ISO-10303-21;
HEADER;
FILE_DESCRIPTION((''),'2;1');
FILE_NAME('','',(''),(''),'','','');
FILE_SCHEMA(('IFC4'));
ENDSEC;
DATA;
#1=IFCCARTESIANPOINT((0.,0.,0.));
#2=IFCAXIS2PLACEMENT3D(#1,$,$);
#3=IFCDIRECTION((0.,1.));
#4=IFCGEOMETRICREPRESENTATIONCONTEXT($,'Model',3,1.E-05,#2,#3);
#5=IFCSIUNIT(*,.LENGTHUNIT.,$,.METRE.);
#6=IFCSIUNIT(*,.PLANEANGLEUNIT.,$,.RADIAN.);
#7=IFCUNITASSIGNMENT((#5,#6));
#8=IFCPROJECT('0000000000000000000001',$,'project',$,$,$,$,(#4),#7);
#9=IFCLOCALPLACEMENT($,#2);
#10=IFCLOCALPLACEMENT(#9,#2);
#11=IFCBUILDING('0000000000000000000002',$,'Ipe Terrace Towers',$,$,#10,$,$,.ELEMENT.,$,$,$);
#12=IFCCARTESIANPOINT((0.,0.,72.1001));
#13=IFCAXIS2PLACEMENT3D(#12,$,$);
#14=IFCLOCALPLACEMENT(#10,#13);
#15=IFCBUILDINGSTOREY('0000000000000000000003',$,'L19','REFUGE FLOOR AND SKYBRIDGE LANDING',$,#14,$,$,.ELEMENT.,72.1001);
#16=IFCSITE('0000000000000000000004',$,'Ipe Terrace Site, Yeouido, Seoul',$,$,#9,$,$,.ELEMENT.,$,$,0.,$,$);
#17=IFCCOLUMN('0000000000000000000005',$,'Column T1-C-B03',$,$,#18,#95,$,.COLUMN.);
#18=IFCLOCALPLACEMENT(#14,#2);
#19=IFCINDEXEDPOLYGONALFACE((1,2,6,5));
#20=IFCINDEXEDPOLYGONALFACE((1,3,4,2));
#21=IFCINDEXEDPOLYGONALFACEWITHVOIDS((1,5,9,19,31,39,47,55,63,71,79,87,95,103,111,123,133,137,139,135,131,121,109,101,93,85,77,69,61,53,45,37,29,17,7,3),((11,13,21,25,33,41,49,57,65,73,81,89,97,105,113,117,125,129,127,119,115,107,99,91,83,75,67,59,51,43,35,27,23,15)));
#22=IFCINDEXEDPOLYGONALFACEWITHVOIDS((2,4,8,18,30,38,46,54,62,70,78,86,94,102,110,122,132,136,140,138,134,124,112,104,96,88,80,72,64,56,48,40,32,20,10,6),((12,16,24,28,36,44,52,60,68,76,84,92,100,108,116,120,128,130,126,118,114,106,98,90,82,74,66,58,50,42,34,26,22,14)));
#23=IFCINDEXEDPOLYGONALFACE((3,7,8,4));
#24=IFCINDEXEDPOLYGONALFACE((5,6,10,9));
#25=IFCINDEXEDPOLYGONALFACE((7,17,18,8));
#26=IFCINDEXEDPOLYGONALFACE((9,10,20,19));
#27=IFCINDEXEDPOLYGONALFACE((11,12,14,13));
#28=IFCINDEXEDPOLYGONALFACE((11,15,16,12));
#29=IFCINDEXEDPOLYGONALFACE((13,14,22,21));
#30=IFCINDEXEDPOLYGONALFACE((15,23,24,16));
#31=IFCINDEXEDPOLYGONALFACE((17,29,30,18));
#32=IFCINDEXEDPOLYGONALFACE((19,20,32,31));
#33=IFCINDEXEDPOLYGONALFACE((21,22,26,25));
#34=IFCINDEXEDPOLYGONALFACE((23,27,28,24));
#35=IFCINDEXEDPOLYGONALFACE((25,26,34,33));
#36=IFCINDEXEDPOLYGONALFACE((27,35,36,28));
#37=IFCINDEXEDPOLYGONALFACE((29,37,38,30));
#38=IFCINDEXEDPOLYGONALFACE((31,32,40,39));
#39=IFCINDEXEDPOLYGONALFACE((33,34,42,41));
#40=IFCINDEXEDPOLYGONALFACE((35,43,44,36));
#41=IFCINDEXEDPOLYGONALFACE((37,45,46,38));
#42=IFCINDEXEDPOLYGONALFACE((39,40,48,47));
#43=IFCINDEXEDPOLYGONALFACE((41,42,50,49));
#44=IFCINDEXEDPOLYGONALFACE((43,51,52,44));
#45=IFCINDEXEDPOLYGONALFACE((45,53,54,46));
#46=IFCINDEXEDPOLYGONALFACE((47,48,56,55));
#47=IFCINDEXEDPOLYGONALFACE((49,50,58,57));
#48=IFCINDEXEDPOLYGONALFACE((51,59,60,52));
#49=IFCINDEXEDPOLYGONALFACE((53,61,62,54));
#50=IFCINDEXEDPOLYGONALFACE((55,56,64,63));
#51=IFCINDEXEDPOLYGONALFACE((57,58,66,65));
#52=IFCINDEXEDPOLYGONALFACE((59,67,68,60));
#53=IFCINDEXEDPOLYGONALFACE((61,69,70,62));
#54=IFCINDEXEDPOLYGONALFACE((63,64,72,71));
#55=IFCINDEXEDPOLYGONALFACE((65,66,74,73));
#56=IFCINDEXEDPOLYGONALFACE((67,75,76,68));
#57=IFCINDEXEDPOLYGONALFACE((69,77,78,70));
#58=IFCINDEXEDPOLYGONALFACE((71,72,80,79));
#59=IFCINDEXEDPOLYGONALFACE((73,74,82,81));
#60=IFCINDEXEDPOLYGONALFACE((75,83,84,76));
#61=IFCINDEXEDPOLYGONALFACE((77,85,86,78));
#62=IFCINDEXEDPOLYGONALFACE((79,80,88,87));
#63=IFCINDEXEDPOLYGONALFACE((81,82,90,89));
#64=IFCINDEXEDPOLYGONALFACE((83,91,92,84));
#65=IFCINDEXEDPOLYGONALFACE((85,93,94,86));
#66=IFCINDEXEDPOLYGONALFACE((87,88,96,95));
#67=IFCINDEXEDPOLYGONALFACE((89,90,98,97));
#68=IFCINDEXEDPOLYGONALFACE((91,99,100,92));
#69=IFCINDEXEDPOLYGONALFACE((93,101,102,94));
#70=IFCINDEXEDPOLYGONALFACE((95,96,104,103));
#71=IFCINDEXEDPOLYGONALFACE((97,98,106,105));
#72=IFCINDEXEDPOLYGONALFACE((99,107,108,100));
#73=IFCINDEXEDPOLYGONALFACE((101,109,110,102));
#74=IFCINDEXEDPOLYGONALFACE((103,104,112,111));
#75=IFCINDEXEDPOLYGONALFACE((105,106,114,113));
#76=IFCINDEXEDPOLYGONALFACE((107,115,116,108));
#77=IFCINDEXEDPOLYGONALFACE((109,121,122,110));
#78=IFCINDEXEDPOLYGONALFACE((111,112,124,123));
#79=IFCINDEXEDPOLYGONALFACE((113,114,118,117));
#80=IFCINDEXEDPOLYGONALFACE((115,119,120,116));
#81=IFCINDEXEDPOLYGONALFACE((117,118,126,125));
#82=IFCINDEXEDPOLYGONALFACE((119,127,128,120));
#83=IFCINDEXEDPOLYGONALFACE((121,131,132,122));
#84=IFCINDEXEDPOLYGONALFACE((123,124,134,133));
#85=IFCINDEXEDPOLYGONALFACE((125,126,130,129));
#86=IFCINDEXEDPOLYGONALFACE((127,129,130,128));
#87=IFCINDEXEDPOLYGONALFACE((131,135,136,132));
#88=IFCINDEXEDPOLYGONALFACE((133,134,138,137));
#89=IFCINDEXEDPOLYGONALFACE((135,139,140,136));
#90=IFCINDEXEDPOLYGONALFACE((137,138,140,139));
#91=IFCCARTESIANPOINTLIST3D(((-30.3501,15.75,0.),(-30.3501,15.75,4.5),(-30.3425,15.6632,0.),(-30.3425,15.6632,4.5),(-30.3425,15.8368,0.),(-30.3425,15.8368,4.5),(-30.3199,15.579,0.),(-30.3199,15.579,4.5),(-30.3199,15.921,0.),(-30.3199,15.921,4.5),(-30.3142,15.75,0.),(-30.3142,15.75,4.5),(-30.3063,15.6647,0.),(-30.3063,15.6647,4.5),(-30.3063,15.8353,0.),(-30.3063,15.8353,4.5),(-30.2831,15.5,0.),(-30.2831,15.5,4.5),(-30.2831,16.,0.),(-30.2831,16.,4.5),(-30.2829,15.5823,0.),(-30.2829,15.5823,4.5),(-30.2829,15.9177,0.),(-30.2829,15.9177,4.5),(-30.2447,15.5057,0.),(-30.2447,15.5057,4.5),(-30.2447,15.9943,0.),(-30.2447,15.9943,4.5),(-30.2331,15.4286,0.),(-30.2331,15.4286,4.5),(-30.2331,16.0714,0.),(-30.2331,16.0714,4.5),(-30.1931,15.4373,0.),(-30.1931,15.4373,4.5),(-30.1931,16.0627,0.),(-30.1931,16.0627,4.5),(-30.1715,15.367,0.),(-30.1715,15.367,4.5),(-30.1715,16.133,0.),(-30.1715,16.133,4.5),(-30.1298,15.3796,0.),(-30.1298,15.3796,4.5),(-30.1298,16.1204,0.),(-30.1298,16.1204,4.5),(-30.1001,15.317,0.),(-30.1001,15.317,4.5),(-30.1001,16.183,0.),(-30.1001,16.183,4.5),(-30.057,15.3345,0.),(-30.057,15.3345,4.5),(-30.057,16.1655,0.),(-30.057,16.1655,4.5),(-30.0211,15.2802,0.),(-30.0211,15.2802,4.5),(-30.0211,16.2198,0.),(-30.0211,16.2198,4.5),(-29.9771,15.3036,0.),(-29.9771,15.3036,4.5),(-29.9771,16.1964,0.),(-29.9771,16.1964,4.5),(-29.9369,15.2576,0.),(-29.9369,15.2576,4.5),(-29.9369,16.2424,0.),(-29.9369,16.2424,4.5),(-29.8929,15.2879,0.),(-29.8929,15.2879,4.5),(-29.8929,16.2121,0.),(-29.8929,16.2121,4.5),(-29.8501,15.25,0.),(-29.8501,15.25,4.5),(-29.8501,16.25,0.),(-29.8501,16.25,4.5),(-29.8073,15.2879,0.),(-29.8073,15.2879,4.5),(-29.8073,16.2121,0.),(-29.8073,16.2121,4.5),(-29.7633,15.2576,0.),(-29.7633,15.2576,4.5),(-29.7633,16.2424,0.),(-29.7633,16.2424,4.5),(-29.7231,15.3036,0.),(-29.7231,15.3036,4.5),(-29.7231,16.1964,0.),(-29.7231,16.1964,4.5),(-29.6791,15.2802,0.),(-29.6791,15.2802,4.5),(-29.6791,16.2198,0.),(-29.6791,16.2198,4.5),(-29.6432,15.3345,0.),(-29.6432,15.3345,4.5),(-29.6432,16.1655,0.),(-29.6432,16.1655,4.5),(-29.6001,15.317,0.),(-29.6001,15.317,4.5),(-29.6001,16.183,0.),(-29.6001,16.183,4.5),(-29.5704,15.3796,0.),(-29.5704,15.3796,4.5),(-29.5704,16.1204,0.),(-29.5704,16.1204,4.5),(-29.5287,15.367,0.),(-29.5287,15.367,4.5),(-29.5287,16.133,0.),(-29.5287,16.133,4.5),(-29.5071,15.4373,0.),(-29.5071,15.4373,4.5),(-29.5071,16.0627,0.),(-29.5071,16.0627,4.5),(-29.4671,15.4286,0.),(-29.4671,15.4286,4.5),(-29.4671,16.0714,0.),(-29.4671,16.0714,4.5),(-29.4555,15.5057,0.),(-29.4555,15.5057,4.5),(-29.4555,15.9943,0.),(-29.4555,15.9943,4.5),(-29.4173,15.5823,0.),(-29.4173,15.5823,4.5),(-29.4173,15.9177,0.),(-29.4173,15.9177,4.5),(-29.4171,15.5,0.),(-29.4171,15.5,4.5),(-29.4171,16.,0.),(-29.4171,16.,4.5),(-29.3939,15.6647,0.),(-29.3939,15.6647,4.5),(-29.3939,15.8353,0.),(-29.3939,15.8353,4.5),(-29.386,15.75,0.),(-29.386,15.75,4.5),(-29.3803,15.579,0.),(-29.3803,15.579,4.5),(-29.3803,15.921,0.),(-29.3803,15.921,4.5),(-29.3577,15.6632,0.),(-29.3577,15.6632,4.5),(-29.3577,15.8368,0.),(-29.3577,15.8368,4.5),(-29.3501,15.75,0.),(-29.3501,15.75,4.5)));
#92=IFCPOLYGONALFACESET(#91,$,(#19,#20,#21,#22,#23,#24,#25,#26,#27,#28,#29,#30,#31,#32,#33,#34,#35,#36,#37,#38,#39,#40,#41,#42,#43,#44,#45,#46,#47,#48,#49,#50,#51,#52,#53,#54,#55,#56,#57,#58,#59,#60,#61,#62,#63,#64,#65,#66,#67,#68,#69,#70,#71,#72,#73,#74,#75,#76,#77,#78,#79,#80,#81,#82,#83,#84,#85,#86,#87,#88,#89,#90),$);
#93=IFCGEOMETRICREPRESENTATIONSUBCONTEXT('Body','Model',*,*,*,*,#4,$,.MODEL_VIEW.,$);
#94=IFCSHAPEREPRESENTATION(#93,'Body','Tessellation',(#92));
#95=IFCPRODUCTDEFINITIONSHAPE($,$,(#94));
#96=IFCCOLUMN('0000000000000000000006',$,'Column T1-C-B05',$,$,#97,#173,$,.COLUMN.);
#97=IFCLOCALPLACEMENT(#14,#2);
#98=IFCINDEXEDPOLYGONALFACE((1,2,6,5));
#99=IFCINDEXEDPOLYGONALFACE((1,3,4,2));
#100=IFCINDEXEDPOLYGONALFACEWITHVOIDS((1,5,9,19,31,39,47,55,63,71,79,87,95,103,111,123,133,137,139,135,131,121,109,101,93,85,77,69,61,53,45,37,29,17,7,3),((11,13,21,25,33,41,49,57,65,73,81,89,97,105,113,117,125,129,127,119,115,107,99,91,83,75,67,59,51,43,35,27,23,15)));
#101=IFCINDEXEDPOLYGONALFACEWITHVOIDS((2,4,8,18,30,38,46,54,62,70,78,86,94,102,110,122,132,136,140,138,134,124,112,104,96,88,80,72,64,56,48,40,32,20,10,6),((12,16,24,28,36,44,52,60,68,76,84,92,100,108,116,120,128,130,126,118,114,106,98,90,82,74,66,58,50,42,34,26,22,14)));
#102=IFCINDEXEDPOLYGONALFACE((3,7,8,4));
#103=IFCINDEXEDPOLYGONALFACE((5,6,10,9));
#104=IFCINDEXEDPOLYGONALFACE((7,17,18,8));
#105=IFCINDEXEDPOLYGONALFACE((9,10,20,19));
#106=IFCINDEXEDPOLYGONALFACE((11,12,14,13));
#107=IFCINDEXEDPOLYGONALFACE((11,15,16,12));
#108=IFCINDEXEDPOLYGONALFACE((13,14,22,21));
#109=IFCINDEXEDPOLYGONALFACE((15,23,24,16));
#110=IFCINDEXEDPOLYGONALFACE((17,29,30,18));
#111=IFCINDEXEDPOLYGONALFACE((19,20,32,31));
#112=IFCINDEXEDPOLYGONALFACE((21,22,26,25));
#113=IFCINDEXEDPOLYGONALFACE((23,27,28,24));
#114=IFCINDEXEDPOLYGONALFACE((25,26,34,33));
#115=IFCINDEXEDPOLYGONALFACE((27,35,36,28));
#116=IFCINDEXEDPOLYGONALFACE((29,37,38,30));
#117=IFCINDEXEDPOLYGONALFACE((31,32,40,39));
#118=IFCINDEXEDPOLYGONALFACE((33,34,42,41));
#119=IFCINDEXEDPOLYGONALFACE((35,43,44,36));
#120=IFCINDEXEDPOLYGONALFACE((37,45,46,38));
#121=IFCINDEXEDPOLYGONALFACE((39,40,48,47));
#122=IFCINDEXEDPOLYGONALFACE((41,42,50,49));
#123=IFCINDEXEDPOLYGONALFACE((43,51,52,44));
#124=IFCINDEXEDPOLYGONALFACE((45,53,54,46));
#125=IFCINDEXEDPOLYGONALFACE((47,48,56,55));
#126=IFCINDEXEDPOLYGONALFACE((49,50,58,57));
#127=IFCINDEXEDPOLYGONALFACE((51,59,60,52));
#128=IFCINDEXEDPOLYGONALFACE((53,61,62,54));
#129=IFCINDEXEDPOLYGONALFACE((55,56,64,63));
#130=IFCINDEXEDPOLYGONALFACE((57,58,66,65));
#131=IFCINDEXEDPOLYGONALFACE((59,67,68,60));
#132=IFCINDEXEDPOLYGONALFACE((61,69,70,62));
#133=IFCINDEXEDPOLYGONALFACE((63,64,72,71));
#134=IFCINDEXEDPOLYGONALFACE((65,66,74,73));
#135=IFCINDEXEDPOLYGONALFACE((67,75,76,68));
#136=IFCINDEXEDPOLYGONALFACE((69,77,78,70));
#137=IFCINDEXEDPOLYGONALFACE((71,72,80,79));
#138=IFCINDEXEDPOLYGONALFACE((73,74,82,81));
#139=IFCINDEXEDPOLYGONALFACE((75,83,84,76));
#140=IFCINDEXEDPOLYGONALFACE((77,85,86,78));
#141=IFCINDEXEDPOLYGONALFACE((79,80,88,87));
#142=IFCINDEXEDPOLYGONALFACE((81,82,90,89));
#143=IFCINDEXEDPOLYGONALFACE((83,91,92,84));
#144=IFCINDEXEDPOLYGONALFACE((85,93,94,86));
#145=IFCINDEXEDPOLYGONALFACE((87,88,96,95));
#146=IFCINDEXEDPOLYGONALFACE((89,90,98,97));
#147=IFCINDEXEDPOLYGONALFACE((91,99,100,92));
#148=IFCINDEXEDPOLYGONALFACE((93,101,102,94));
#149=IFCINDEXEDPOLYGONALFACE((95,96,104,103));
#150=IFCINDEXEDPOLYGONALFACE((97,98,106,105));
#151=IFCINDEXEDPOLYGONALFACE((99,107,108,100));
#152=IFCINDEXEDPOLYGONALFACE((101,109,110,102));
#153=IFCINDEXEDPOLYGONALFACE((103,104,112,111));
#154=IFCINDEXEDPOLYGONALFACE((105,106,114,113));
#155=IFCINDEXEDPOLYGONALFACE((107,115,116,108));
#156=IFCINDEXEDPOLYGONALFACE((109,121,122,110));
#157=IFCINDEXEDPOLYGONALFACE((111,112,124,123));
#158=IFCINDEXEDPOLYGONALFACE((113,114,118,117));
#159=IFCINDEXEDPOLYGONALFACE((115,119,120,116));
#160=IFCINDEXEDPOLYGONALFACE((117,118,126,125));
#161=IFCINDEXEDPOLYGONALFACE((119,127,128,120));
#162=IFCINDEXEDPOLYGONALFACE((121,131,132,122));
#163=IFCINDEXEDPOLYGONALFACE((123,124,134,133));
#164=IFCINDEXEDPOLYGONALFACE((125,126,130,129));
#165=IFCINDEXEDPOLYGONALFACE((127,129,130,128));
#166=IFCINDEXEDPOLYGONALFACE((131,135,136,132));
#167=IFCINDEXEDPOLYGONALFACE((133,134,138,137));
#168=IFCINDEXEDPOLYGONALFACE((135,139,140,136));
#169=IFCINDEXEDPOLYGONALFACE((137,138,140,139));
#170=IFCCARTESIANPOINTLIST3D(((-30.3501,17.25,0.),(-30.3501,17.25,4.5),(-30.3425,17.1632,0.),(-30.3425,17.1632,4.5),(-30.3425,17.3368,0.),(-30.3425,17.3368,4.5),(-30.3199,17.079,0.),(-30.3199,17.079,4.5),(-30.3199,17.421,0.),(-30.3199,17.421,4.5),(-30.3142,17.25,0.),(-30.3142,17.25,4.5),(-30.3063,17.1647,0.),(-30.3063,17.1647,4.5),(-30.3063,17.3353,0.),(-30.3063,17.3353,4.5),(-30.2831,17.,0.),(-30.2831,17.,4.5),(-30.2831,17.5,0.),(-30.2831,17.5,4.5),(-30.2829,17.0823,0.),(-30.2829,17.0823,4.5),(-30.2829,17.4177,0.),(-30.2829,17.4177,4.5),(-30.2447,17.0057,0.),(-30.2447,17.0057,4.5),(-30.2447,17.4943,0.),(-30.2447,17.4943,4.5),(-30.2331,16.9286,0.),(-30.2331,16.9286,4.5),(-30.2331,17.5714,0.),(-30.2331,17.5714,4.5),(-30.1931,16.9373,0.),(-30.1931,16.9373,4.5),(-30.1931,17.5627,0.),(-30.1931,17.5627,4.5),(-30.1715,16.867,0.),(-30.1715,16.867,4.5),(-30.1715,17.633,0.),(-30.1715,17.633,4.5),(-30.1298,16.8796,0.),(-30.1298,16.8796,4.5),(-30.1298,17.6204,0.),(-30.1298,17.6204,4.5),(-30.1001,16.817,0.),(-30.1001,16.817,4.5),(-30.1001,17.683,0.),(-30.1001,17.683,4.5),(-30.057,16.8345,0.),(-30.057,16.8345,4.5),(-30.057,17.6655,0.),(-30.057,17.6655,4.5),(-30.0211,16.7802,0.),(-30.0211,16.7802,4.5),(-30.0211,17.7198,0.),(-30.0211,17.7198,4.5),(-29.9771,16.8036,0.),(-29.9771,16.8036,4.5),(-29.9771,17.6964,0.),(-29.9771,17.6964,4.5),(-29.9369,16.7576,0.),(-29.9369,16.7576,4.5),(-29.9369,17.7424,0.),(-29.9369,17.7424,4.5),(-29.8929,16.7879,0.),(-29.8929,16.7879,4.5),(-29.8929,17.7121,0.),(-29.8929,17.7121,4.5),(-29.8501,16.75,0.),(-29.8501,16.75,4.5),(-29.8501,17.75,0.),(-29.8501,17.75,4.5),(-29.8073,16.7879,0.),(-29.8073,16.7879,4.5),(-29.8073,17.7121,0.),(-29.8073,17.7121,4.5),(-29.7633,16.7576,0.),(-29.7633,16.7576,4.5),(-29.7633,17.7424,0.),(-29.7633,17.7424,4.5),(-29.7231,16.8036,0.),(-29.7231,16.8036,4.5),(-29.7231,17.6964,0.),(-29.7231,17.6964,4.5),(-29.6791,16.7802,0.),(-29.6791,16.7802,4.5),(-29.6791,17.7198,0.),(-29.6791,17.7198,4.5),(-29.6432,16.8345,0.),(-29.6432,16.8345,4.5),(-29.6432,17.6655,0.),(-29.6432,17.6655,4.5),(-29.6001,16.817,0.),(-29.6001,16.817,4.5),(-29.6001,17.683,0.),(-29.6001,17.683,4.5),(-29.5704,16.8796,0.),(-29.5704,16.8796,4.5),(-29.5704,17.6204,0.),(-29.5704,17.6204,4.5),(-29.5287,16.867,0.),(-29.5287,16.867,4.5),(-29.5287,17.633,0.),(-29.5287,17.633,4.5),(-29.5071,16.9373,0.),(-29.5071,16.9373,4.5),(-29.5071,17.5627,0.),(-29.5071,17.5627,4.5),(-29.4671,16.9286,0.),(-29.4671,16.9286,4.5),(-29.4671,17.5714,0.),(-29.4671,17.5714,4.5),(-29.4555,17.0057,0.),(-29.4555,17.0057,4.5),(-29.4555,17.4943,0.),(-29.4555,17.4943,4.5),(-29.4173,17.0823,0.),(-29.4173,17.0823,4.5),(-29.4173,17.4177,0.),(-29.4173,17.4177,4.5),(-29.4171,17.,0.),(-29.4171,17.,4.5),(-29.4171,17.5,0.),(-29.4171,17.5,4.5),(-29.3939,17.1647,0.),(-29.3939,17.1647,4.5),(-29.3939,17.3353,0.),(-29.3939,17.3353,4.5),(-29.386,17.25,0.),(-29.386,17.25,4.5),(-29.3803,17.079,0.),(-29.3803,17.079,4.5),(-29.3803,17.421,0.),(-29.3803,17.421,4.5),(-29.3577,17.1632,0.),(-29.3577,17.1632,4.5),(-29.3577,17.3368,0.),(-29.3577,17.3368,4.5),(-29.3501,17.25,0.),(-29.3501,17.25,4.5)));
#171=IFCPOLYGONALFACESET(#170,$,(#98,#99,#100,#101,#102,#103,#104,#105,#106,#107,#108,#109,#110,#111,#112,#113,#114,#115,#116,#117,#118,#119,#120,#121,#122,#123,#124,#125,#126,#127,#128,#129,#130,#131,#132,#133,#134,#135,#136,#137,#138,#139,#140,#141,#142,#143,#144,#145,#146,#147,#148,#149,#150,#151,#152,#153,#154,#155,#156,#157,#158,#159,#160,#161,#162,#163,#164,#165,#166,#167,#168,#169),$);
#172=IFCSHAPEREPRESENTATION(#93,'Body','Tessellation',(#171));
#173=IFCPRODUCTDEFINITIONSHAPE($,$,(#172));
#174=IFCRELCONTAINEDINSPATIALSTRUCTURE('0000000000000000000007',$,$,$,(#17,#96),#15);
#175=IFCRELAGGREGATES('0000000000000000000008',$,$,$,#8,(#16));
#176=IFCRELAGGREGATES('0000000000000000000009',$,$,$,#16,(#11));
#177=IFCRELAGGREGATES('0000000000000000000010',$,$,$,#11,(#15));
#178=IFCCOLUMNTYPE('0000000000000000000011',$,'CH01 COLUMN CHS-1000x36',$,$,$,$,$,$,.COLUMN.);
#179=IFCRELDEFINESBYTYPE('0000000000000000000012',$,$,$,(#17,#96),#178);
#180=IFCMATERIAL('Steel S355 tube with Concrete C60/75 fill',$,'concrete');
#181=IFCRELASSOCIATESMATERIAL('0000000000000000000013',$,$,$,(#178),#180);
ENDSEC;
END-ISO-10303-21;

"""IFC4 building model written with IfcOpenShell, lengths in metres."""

from ifc_helpers import new_model, si_unit, direction, frame, origin, origin_2d, place, context, subcontext, project, spatial, hollow_circle, extrude, material, material_profile, profile_set, type_object, element, save


model = new_model("IFC4")

# Units and contexts
model_context = context("Model", 3, precision=1e-05, world=origin(), true_north=direction((0.0, 1.0)))
body_context = subcontext(model_context, "Body", "Model", "MODEL_VIEW")
ifc_project = project(units=[si_unit("LENGTHUNIT", "METRE"), si_unit("PLANEANGLEUNIT", "RADIAN")], contexts=[model_context])

# Site, building, storey
site_placement = place(None, origin())
site = spatial("IfcSite", under=ifc_project, at=site_placement, Name="Ipe Terrace Site, Yeouido, Seoul", CompositionType="ELEMENT", RefElevation=0.0)
building_placement = place(site_placement, origin())
building = spatial("IfcBuilding", under=site, at=building_placement, Name="Ipe Terrace Towers", CompositionType="ELEMENT")
storey_placement = place(building_placement, frame((0.0, 0.0, 72.1001)))
storey = spatial("IfcBuildingStorey", under=building, at=storey_placement, Name="L19", Description="REFUGE FLOOR AND SKYBRIDGE LANDING", CompositionType="ELEMENT", Elevation=72.1001)

# Columns
ifc_material_1 = material(Name="Steel S355 tube with Concrete C60/75 fill", Category="concrete")
ifc_material_profile_1 = material_profile(ifc_material_1, hollow_circle(Radius=0.5, WallThickness=0.0359, at=origin_2d()), Name="CHS-1000x36")
ifc_profile_set_1 = profile_set([ifc_material_profile_1], Name="Steel S355 tube with Concrete C60/75 fill")
column_type = type_object("IfcColumnType", Name="CH01 COLUMN CHS-1000x36", PredefinedType="COLUMN", material=ifc_profile_set_1)
for number, where, z_axis, x_axis, name in (
    (1, (-29.8501, 15.75, 0.0), (0.0, 0.0, 1.0), (1.0, 0.0, 0.0), "Column T1-C-B03"),
    (2, (-29.8501, 17.25, 0.0), (0.0, 0.0, 1.0), (1.0, 0.0, 0.0), "Column T1-C-B05"),
):
    element("IfcColumn", number, at=place(storey_placement, frame(where, z_axis=z_axis, x_axis=x_axis)), inside=storey, type_object=column_type, Name=name, PredefinedType="COLUMN", context=body_context, shape_type="SweptSolid", body=[
        extrude(hollow_circle(Radius=0.5, WallThickness=0.0359, at=origin_2d()), origin(), (0.0, 0.0, 1.0), 4.5),
    ])

save(model, "model.ifc")
